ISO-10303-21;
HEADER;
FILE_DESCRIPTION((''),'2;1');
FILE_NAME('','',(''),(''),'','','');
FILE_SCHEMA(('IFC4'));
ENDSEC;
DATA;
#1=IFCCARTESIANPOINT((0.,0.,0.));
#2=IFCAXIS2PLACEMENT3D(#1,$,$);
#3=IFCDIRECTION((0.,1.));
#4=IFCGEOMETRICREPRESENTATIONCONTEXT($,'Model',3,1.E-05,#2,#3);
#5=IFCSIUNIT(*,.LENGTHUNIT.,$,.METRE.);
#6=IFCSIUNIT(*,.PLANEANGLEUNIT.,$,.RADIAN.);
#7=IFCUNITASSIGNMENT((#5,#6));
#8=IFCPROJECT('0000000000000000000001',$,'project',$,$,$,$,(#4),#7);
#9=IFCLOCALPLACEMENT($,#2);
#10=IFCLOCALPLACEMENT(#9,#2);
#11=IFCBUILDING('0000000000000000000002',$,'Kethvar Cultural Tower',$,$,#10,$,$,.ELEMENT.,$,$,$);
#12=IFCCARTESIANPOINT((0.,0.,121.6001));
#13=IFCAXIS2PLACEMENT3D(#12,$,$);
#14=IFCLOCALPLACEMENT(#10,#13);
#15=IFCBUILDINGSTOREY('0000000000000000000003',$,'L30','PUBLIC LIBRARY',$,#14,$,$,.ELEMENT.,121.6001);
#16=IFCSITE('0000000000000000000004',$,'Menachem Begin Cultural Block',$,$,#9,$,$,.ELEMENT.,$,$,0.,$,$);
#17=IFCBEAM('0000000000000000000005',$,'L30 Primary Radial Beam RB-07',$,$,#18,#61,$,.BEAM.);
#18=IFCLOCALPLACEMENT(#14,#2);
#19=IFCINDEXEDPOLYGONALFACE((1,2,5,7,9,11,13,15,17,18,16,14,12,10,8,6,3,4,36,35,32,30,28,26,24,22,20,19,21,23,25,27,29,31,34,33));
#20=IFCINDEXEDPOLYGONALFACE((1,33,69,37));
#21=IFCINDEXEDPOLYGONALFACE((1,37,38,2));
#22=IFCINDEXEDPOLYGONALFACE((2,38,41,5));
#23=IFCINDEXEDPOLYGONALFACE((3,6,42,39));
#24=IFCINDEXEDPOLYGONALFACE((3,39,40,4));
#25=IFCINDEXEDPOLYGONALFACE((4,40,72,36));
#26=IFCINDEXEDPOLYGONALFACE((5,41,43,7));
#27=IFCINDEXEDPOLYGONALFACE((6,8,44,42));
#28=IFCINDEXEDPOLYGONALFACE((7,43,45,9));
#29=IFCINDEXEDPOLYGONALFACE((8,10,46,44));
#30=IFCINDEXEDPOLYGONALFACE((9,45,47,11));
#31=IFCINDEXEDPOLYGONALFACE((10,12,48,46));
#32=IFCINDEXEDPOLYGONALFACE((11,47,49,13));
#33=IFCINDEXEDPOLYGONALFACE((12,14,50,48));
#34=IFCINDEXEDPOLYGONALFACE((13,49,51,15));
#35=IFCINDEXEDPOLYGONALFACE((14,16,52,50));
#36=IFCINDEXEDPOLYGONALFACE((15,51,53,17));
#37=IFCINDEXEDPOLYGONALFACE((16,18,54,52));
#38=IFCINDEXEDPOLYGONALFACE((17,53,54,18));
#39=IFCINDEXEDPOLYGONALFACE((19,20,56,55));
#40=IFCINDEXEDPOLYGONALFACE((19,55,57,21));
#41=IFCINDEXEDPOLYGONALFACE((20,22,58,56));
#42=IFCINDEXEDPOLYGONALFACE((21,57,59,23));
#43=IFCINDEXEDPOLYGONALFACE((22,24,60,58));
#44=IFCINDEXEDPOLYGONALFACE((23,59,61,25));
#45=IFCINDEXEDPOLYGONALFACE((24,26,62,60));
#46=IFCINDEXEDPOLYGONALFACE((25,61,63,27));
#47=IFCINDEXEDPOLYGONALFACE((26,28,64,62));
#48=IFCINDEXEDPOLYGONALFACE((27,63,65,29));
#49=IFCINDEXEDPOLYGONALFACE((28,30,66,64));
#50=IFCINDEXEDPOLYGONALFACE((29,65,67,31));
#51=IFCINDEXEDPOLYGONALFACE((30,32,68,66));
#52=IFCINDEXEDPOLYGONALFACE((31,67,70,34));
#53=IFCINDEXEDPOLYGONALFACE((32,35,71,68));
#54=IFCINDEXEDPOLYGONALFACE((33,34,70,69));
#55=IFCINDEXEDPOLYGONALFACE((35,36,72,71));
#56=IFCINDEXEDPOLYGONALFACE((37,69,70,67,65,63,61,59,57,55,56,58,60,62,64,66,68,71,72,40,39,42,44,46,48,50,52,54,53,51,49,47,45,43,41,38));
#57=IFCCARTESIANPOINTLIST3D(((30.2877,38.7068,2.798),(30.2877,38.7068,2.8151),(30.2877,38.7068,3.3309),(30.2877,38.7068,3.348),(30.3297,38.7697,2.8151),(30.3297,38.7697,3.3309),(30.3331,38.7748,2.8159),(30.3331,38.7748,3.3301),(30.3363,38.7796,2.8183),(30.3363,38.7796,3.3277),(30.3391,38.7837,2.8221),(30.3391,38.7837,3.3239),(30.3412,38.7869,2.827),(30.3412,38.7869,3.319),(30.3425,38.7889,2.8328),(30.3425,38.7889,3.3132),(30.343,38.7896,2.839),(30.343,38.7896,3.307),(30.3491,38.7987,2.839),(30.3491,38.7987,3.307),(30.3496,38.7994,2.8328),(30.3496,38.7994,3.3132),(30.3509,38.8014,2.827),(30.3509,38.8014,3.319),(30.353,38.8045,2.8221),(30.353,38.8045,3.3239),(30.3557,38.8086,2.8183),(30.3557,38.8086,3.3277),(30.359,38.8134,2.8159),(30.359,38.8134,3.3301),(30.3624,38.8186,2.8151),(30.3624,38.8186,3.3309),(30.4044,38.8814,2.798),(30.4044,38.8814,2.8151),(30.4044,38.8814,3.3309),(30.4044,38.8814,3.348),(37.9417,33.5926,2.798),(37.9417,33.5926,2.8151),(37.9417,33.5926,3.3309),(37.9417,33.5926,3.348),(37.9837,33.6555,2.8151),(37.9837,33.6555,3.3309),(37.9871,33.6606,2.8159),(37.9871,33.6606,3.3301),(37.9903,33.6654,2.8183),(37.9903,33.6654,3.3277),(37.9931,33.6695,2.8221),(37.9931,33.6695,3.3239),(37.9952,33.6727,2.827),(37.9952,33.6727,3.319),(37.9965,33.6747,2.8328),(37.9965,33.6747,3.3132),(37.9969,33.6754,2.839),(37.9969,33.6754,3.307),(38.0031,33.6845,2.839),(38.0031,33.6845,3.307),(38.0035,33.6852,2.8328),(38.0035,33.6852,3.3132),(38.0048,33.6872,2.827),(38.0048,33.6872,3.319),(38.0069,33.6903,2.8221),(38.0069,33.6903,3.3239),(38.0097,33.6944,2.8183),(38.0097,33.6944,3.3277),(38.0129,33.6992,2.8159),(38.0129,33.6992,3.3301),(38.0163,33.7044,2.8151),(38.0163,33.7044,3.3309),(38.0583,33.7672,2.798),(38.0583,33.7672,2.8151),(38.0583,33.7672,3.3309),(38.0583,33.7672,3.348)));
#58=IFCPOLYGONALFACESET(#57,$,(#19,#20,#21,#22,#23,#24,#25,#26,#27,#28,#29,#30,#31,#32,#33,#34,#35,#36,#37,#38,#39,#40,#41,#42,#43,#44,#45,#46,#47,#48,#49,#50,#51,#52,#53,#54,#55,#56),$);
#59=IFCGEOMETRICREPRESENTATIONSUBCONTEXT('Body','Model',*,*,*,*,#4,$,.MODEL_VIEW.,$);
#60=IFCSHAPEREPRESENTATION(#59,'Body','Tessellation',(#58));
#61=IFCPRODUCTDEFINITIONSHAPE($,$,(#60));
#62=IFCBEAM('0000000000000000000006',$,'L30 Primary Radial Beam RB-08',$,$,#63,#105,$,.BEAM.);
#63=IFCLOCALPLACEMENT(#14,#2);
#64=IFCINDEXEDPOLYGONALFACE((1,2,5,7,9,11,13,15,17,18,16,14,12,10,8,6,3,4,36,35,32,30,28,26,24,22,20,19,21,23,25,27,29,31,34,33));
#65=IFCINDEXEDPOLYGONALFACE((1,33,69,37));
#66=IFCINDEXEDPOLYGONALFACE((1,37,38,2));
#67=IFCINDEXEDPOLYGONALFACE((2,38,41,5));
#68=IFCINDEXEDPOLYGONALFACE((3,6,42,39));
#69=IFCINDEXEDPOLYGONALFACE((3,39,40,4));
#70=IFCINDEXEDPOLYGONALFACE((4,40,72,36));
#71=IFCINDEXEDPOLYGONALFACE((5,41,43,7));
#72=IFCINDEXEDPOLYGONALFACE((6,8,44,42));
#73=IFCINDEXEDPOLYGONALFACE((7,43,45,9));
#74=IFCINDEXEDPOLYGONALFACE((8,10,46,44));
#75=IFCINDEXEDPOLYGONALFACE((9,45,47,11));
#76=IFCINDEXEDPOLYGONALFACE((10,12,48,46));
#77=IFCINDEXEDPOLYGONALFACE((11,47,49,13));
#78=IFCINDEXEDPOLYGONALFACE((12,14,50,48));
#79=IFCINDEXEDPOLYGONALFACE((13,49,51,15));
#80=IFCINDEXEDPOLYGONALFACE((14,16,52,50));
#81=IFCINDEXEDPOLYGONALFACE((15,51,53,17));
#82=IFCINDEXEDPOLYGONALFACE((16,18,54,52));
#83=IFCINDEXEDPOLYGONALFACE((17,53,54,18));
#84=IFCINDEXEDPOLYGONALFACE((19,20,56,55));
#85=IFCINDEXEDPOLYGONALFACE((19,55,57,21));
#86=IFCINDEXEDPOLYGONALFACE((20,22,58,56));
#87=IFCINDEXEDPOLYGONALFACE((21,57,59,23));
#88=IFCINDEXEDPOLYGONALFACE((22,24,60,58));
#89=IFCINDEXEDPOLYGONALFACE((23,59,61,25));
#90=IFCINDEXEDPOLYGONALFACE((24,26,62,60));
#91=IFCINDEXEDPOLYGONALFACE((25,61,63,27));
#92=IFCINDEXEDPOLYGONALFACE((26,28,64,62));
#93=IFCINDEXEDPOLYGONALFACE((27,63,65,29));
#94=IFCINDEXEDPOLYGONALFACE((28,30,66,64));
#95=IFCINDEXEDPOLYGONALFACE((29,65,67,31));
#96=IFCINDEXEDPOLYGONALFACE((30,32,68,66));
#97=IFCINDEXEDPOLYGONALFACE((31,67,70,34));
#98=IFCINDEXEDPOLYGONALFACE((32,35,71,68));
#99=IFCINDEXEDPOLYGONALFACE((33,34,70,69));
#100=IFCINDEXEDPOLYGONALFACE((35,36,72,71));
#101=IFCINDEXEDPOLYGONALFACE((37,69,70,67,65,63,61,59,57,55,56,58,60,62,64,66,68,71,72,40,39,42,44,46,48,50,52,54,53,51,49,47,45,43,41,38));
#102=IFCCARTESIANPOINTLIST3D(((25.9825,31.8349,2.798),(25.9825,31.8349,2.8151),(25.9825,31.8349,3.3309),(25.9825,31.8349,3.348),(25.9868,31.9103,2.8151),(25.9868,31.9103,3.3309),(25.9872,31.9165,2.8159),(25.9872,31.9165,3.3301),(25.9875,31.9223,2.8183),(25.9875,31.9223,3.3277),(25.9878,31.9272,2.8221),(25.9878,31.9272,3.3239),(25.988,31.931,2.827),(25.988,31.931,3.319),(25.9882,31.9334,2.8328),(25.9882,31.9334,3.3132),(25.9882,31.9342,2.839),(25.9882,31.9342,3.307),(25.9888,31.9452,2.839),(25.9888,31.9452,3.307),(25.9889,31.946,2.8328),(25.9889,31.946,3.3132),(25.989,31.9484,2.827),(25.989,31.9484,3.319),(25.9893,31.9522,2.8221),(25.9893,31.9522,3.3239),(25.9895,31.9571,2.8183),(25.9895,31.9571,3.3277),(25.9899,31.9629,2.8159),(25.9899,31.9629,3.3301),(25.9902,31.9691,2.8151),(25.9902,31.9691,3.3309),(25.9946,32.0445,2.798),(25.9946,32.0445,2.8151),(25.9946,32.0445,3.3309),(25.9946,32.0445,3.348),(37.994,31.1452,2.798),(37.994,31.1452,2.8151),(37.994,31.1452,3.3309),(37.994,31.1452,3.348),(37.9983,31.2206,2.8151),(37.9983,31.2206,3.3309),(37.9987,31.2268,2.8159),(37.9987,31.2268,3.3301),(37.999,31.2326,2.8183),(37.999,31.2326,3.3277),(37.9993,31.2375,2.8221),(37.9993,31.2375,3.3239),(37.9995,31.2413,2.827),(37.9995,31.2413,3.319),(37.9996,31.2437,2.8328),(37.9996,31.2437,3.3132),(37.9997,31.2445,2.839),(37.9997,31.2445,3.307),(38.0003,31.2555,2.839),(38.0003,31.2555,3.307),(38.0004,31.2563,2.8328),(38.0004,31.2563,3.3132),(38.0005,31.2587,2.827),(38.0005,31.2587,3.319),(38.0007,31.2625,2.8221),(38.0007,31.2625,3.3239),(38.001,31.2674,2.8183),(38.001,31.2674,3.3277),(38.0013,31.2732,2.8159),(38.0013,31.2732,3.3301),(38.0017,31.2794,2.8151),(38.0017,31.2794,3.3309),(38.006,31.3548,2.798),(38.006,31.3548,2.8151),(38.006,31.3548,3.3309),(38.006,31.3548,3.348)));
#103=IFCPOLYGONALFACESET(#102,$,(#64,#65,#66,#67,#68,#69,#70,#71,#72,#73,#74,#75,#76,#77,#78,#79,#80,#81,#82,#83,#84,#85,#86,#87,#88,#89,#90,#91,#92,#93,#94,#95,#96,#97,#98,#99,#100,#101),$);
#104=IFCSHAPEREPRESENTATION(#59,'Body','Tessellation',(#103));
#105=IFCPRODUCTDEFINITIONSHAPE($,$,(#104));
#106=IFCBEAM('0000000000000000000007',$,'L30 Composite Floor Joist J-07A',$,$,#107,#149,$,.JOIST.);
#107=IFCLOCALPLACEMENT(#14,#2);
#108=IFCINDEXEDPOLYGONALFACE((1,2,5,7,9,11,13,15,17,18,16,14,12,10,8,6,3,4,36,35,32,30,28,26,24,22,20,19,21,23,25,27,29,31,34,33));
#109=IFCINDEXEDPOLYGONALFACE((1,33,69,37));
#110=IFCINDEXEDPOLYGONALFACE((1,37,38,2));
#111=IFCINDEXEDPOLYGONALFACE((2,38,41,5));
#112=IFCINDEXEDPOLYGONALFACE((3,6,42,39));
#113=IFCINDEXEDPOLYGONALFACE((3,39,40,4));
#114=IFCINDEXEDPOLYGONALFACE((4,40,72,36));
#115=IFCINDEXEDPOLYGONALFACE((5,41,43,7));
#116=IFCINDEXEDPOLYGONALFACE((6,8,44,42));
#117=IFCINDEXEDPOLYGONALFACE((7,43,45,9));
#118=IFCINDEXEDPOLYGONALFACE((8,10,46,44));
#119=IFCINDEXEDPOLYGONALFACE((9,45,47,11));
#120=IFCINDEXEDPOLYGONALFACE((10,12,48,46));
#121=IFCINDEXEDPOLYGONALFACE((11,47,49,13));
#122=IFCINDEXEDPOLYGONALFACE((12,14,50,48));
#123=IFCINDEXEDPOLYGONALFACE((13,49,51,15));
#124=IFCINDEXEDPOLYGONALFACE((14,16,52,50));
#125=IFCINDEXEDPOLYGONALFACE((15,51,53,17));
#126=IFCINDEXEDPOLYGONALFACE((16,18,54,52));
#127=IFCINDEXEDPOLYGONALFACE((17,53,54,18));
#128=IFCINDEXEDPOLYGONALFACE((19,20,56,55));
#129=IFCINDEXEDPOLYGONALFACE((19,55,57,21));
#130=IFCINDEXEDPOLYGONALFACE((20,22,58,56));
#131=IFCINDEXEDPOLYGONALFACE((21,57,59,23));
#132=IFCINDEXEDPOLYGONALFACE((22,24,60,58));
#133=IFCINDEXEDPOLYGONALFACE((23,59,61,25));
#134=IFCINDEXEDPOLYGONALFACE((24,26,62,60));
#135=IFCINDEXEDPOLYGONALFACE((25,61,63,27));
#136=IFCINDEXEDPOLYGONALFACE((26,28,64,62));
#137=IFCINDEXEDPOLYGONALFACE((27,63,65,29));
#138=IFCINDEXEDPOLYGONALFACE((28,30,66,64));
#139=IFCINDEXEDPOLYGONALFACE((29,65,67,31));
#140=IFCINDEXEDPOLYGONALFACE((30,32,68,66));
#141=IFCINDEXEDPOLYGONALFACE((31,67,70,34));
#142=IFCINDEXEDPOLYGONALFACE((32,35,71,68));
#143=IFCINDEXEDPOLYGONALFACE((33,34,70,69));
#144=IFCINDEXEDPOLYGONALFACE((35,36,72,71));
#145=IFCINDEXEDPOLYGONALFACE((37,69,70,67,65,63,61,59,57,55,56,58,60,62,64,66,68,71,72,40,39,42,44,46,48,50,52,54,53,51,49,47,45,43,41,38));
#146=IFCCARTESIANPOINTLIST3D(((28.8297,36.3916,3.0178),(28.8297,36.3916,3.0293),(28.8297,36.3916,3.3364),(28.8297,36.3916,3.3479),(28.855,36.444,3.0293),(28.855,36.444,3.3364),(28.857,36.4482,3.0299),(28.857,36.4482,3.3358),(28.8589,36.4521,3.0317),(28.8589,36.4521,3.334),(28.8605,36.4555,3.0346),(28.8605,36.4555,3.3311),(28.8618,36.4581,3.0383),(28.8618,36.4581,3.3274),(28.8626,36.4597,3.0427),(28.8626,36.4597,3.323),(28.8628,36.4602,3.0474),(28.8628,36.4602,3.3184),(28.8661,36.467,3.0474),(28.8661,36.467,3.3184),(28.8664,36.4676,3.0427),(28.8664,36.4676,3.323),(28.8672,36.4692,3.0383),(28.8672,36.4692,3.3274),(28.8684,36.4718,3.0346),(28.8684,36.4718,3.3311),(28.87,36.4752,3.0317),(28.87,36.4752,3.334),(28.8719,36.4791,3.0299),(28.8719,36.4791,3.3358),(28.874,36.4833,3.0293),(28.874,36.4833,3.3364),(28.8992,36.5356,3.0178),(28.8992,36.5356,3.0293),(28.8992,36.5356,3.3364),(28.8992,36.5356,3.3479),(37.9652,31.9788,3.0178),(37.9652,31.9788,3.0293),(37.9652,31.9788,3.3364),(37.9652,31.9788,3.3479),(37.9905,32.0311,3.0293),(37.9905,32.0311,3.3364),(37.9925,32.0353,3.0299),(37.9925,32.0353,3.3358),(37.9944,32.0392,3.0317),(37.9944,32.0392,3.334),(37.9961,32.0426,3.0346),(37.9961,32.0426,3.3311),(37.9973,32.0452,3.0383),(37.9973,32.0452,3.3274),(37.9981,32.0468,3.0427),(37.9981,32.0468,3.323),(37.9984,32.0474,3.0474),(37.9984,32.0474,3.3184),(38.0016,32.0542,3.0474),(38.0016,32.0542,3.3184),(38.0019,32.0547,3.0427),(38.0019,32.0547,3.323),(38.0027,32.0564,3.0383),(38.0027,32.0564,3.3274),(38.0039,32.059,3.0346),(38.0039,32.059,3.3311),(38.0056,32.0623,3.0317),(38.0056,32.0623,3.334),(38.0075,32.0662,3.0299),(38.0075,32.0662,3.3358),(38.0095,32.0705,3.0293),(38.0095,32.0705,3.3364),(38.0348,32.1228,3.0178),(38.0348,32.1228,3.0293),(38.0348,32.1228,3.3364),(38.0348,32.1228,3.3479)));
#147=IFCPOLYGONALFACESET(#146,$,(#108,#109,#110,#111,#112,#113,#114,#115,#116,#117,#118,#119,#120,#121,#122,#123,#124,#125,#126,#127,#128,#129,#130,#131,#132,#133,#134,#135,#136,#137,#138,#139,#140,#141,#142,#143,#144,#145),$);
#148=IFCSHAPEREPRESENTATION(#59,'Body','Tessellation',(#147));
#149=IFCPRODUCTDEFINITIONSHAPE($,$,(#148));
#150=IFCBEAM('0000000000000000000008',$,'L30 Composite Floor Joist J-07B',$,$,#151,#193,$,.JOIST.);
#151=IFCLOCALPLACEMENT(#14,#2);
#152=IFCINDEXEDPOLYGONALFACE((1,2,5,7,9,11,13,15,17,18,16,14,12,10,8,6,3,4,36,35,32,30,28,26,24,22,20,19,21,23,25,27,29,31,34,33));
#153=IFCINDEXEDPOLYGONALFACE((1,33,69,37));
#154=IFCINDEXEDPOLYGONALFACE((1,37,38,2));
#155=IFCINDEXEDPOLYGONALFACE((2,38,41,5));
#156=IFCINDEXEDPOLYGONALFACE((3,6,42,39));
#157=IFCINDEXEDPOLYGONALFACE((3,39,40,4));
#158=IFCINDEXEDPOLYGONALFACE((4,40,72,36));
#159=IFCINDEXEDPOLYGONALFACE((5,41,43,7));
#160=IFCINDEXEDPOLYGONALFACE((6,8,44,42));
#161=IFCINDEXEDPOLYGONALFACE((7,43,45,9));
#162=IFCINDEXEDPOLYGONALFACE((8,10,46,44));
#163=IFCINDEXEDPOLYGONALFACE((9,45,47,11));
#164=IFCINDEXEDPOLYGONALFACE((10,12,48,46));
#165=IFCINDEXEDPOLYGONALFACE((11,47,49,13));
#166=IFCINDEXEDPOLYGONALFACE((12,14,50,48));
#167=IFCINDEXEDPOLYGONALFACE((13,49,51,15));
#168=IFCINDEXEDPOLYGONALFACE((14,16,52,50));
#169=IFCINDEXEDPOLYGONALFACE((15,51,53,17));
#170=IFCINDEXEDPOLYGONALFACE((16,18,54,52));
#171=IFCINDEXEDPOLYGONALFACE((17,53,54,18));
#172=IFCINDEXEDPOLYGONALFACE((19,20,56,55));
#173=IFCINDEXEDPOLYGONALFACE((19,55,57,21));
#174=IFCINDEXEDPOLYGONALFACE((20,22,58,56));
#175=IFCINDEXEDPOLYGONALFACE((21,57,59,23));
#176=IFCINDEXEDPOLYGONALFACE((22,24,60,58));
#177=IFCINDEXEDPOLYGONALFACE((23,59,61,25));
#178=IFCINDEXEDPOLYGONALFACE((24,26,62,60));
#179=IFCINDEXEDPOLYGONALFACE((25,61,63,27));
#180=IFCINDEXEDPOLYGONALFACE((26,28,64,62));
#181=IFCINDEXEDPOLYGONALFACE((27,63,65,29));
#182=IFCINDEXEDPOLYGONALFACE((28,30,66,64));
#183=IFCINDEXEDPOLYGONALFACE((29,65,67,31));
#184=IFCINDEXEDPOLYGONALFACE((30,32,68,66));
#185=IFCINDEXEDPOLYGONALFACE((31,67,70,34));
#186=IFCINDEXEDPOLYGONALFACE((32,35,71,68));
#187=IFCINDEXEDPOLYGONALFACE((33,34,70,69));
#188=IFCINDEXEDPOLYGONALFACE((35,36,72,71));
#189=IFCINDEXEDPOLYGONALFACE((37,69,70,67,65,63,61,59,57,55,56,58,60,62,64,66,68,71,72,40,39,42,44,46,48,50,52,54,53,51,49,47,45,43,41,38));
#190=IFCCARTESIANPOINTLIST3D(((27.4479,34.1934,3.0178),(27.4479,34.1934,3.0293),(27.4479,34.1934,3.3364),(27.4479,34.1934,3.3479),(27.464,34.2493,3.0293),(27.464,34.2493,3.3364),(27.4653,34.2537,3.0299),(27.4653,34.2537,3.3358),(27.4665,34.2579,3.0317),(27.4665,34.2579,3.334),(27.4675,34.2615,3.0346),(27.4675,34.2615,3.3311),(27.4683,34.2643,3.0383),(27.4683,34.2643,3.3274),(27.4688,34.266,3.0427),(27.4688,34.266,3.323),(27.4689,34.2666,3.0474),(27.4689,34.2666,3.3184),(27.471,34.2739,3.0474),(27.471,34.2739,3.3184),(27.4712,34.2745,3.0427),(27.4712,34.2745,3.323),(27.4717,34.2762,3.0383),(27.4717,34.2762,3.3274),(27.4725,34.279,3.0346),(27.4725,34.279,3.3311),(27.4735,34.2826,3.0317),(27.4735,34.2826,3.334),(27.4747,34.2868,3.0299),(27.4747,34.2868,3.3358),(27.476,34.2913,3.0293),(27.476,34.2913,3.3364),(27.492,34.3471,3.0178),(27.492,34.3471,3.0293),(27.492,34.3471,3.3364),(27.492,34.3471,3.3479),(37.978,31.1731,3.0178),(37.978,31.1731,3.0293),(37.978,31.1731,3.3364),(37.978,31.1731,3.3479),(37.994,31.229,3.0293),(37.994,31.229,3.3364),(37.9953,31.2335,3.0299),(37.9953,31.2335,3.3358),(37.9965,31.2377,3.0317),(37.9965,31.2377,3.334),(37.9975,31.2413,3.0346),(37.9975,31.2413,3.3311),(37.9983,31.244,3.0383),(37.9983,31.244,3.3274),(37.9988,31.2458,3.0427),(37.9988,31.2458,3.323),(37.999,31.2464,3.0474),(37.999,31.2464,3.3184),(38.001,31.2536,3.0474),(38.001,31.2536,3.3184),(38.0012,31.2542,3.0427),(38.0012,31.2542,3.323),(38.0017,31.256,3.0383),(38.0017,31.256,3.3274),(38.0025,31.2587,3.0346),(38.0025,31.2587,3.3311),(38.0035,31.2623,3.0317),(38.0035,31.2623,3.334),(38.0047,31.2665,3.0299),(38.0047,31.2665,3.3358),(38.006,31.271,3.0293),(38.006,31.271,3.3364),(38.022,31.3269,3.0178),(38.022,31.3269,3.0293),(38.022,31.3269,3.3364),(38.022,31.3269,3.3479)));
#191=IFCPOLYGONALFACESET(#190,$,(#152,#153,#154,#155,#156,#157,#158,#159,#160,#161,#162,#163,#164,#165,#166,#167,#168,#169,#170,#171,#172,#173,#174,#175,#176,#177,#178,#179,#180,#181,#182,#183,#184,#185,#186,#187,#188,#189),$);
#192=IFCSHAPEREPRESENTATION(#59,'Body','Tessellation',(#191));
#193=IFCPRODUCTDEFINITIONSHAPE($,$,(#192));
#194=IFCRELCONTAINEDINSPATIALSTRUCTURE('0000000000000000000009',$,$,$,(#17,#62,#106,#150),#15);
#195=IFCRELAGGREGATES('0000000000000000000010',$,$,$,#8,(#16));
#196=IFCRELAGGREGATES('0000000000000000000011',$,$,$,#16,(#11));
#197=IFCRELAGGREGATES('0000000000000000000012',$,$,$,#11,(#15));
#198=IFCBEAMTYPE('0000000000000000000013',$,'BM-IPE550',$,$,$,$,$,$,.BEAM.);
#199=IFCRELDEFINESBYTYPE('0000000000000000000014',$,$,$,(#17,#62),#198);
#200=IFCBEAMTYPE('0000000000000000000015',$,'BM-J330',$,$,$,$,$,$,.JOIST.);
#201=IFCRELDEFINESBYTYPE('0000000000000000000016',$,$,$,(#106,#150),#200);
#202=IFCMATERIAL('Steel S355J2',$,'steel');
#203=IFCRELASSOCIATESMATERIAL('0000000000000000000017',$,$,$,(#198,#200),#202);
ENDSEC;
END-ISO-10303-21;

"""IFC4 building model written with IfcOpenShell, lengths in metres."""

from ifc_helpers import new_model, si_unit, direction, frame, origin, origin_2d, place, context, subcontext, project, spatial, i_section, extrude, source, transform, mapped, material, material_profile, profile_set, type_object, element, save


model = new_model("IFC4")

# Units and contexts
model_context = context("Model", 3, precision=1e-05, world=origin(), true_north=direction((0.0, 1.0)))
body_context = subcontext(model_context, "Body", "Model", "MODEL_VIEW")
ifc_project = project(units=[si_unit("LENGTHUNIT", "METRE"), si_unit("PLANEANGLEUNIT", "RADIAN")], contexts=[model_context])

# Site, building, storey
site_placement = place(None, origin())
site = spatial("IfcSite", under=ifc_project, at=site_placement, Name="Menachem Begin Cultural Block", CompositionType="ELEMENT", RefElevation=0.0)
building_placement = place(site_placement, origin())
building = spatial("IfcBuilding", under=site, at=building_placement, Name="Kethvar Cultural Tower", CompositionType="ELEMENT")
storey_placement = place(building_placement, frame((0.0, 0.0, 121.6001)))
storey = spatial("IfcBuildingStorey", under=building, at=storey_placement, Name="L30", Description="PUBLIC LIBRARY", CompositionType="ELEMENT", Elevation=121.6001)

# Beams
ifc_material_1 = material(Name="Steel S355J2", Category="steel")
ifc_material_profile_1 = material_profile(ifc_material_1, i_section(OverallWidth=0.21, OverallDepth=0.55, WebThickness=0.011, FlangeThickness=0.0171, FilletRadius=0.0239, at=origin_2d()), Name="Steel S355J2 — IPE550")
ifc_profile_set_1 = profile_set([ifc_material_profile_1], Name="Steel S355J2 — IPE550")
beam_type_1 = type_object("IfcBeamType", Name="BM-IPE550", PredefinedType="BEAM", material=ifc_profile_set_1)
shared_shape_1 = source(origin(), body_context, "Body", "SweptSolid", [
    extrude(i_section(OverallWidth=0.21, OverallDepth=0.55, WebThickness=0.011, FlangeThickness=0.0171, FilletRadius=0.0239, at=origin_2d()), origin(), (0.0, 0.0, 1.0), 9.2053),
])
beam_1_placement = place(storey_placement, frame((38.0, 33.6799, 3.073), z_axis=(-0.83147, 0.555569, 0.0), x_axis=(-0.555569, -0.83147, 0.0)))
element("IfcBeam", 1, at=beam_1_placement, inside=storey, type_object=beam_type_1, Name="L30 Primary Radial Beam RB-07", PredefinedType="BEAM", context=body_context, shape_type="MappedRepresentation", body=[
    mapped(shared_shape_1, transform((0.0, 0.0, 0.0), scale=1.0)),
])
shared_shape_2 = source(origin(), body_context, "Body", "SweptSolid", [
    extrude(i_section(OverallWidth=0.21, OverallDepth=0.55, WebThickness=0.011, FlangeThickness=0.0171, FilletRadius=0.0239, at=origin_2d()), origin(), (0.0, 0.0, 1.0), 12.0312),
])
beam_2_placement = place(storey_placement, frame((38.0, 31.25, 3.073), z_axis=(-0.998356, 0.057325, 0.0), x_axis=(-0.057325, -0.998356, 0.0)))
element("IfcBeam", 2, at=beam_2_placement, inside=storey, type_object=beam_type_1, Name="L30 Primary Radial Beam RB-08", PredefinedType="BEAM", context=body_context, shape_type="MappedRepresentation", body=[
    mapped(shared_shape_2, transform((0.0, 0.0, 0.0), scale=1.0)),
])
ifc_material_profile_2 = material_profile(ifc_material_1, i_section(OverallWidth=0.1599, OverallDepth=0.3301, WebThickness=0.0076, FlangeThickness=0.0115, FilletRadius=0.0181, at=origin_2d()), Name="Steel S355J2 — IPE330")
ifc_profile_set_2 = profile_set([ifc_material_profile_2], Name="Steel S355J2 — IPE330")
beam_type_2 = type_object("IfcBeamType", Name="BM-J330", PredefinedType="JOIST", material=ifc_profile_set_2)
shared_shape_3 = source(origin(), body_context, "Body", "SweptSolid", [
    extrude(i_section(OverallWidth=0.1599, OverallDepth=0.3301, WebThickness=0.0076, FlangeThickness=0.0115, FilletRadius=0.0181, at=origin_2d()), origin(), (0.0, 0.0, 1.0), 10.1455),
])
beam_3_placement = place(storey_placement, frame((38.0, 32.0508, 3.1829), z_axis=(-0.900451, 0.434957, 0.0), x_axis=(-0.434957, -0.900451, 0.0)))
element("IfcBeam", 3, at=beam_3_placement, inside=storey, type_object=beam_type_2, Name="L30 Composite Floor Joist J-07A", PredefinedType="JOIST", context=body_context, shape_type="MappedRepresentation", body=[
    mapped(shared_shape_3, transform((0.0, 0.0, 0.0), scale=1.0)),
])
shared_shape_4 = source(origin(), body_context, "Body", "SweptSolid", [
    extrude(i_section(OverallWidth=0.1599, OverallDepth=0.3301, WebThickness=0.0076, FlangeThickness=0.0115, FilletRadius=0.0181, at=origin_2d()), origin(), (0.0, 0.0, 1.0), 10.9546),
])
beam_4_placement = place(storey_placement, frame((38.0, 31.25, 3.1829), z_axis=(-0.961242, 0.275707, 0.0), x_axis=(-0.275707, -0.961242, 0.0)))
element("IfcBeam", 4, at=beam_4_placement, inside=storey, type_object=beam_type_2, Name="L30 Composite Floor Joist J-07B", PredefinedType="JOIST", context=body_context, shape_type="MappedRepresentation", body=[
    mapped(shared_shape_4, transform((0.0, 0.0, 0.0), scale=1.0)),
])

save(model, "model.ifc")
